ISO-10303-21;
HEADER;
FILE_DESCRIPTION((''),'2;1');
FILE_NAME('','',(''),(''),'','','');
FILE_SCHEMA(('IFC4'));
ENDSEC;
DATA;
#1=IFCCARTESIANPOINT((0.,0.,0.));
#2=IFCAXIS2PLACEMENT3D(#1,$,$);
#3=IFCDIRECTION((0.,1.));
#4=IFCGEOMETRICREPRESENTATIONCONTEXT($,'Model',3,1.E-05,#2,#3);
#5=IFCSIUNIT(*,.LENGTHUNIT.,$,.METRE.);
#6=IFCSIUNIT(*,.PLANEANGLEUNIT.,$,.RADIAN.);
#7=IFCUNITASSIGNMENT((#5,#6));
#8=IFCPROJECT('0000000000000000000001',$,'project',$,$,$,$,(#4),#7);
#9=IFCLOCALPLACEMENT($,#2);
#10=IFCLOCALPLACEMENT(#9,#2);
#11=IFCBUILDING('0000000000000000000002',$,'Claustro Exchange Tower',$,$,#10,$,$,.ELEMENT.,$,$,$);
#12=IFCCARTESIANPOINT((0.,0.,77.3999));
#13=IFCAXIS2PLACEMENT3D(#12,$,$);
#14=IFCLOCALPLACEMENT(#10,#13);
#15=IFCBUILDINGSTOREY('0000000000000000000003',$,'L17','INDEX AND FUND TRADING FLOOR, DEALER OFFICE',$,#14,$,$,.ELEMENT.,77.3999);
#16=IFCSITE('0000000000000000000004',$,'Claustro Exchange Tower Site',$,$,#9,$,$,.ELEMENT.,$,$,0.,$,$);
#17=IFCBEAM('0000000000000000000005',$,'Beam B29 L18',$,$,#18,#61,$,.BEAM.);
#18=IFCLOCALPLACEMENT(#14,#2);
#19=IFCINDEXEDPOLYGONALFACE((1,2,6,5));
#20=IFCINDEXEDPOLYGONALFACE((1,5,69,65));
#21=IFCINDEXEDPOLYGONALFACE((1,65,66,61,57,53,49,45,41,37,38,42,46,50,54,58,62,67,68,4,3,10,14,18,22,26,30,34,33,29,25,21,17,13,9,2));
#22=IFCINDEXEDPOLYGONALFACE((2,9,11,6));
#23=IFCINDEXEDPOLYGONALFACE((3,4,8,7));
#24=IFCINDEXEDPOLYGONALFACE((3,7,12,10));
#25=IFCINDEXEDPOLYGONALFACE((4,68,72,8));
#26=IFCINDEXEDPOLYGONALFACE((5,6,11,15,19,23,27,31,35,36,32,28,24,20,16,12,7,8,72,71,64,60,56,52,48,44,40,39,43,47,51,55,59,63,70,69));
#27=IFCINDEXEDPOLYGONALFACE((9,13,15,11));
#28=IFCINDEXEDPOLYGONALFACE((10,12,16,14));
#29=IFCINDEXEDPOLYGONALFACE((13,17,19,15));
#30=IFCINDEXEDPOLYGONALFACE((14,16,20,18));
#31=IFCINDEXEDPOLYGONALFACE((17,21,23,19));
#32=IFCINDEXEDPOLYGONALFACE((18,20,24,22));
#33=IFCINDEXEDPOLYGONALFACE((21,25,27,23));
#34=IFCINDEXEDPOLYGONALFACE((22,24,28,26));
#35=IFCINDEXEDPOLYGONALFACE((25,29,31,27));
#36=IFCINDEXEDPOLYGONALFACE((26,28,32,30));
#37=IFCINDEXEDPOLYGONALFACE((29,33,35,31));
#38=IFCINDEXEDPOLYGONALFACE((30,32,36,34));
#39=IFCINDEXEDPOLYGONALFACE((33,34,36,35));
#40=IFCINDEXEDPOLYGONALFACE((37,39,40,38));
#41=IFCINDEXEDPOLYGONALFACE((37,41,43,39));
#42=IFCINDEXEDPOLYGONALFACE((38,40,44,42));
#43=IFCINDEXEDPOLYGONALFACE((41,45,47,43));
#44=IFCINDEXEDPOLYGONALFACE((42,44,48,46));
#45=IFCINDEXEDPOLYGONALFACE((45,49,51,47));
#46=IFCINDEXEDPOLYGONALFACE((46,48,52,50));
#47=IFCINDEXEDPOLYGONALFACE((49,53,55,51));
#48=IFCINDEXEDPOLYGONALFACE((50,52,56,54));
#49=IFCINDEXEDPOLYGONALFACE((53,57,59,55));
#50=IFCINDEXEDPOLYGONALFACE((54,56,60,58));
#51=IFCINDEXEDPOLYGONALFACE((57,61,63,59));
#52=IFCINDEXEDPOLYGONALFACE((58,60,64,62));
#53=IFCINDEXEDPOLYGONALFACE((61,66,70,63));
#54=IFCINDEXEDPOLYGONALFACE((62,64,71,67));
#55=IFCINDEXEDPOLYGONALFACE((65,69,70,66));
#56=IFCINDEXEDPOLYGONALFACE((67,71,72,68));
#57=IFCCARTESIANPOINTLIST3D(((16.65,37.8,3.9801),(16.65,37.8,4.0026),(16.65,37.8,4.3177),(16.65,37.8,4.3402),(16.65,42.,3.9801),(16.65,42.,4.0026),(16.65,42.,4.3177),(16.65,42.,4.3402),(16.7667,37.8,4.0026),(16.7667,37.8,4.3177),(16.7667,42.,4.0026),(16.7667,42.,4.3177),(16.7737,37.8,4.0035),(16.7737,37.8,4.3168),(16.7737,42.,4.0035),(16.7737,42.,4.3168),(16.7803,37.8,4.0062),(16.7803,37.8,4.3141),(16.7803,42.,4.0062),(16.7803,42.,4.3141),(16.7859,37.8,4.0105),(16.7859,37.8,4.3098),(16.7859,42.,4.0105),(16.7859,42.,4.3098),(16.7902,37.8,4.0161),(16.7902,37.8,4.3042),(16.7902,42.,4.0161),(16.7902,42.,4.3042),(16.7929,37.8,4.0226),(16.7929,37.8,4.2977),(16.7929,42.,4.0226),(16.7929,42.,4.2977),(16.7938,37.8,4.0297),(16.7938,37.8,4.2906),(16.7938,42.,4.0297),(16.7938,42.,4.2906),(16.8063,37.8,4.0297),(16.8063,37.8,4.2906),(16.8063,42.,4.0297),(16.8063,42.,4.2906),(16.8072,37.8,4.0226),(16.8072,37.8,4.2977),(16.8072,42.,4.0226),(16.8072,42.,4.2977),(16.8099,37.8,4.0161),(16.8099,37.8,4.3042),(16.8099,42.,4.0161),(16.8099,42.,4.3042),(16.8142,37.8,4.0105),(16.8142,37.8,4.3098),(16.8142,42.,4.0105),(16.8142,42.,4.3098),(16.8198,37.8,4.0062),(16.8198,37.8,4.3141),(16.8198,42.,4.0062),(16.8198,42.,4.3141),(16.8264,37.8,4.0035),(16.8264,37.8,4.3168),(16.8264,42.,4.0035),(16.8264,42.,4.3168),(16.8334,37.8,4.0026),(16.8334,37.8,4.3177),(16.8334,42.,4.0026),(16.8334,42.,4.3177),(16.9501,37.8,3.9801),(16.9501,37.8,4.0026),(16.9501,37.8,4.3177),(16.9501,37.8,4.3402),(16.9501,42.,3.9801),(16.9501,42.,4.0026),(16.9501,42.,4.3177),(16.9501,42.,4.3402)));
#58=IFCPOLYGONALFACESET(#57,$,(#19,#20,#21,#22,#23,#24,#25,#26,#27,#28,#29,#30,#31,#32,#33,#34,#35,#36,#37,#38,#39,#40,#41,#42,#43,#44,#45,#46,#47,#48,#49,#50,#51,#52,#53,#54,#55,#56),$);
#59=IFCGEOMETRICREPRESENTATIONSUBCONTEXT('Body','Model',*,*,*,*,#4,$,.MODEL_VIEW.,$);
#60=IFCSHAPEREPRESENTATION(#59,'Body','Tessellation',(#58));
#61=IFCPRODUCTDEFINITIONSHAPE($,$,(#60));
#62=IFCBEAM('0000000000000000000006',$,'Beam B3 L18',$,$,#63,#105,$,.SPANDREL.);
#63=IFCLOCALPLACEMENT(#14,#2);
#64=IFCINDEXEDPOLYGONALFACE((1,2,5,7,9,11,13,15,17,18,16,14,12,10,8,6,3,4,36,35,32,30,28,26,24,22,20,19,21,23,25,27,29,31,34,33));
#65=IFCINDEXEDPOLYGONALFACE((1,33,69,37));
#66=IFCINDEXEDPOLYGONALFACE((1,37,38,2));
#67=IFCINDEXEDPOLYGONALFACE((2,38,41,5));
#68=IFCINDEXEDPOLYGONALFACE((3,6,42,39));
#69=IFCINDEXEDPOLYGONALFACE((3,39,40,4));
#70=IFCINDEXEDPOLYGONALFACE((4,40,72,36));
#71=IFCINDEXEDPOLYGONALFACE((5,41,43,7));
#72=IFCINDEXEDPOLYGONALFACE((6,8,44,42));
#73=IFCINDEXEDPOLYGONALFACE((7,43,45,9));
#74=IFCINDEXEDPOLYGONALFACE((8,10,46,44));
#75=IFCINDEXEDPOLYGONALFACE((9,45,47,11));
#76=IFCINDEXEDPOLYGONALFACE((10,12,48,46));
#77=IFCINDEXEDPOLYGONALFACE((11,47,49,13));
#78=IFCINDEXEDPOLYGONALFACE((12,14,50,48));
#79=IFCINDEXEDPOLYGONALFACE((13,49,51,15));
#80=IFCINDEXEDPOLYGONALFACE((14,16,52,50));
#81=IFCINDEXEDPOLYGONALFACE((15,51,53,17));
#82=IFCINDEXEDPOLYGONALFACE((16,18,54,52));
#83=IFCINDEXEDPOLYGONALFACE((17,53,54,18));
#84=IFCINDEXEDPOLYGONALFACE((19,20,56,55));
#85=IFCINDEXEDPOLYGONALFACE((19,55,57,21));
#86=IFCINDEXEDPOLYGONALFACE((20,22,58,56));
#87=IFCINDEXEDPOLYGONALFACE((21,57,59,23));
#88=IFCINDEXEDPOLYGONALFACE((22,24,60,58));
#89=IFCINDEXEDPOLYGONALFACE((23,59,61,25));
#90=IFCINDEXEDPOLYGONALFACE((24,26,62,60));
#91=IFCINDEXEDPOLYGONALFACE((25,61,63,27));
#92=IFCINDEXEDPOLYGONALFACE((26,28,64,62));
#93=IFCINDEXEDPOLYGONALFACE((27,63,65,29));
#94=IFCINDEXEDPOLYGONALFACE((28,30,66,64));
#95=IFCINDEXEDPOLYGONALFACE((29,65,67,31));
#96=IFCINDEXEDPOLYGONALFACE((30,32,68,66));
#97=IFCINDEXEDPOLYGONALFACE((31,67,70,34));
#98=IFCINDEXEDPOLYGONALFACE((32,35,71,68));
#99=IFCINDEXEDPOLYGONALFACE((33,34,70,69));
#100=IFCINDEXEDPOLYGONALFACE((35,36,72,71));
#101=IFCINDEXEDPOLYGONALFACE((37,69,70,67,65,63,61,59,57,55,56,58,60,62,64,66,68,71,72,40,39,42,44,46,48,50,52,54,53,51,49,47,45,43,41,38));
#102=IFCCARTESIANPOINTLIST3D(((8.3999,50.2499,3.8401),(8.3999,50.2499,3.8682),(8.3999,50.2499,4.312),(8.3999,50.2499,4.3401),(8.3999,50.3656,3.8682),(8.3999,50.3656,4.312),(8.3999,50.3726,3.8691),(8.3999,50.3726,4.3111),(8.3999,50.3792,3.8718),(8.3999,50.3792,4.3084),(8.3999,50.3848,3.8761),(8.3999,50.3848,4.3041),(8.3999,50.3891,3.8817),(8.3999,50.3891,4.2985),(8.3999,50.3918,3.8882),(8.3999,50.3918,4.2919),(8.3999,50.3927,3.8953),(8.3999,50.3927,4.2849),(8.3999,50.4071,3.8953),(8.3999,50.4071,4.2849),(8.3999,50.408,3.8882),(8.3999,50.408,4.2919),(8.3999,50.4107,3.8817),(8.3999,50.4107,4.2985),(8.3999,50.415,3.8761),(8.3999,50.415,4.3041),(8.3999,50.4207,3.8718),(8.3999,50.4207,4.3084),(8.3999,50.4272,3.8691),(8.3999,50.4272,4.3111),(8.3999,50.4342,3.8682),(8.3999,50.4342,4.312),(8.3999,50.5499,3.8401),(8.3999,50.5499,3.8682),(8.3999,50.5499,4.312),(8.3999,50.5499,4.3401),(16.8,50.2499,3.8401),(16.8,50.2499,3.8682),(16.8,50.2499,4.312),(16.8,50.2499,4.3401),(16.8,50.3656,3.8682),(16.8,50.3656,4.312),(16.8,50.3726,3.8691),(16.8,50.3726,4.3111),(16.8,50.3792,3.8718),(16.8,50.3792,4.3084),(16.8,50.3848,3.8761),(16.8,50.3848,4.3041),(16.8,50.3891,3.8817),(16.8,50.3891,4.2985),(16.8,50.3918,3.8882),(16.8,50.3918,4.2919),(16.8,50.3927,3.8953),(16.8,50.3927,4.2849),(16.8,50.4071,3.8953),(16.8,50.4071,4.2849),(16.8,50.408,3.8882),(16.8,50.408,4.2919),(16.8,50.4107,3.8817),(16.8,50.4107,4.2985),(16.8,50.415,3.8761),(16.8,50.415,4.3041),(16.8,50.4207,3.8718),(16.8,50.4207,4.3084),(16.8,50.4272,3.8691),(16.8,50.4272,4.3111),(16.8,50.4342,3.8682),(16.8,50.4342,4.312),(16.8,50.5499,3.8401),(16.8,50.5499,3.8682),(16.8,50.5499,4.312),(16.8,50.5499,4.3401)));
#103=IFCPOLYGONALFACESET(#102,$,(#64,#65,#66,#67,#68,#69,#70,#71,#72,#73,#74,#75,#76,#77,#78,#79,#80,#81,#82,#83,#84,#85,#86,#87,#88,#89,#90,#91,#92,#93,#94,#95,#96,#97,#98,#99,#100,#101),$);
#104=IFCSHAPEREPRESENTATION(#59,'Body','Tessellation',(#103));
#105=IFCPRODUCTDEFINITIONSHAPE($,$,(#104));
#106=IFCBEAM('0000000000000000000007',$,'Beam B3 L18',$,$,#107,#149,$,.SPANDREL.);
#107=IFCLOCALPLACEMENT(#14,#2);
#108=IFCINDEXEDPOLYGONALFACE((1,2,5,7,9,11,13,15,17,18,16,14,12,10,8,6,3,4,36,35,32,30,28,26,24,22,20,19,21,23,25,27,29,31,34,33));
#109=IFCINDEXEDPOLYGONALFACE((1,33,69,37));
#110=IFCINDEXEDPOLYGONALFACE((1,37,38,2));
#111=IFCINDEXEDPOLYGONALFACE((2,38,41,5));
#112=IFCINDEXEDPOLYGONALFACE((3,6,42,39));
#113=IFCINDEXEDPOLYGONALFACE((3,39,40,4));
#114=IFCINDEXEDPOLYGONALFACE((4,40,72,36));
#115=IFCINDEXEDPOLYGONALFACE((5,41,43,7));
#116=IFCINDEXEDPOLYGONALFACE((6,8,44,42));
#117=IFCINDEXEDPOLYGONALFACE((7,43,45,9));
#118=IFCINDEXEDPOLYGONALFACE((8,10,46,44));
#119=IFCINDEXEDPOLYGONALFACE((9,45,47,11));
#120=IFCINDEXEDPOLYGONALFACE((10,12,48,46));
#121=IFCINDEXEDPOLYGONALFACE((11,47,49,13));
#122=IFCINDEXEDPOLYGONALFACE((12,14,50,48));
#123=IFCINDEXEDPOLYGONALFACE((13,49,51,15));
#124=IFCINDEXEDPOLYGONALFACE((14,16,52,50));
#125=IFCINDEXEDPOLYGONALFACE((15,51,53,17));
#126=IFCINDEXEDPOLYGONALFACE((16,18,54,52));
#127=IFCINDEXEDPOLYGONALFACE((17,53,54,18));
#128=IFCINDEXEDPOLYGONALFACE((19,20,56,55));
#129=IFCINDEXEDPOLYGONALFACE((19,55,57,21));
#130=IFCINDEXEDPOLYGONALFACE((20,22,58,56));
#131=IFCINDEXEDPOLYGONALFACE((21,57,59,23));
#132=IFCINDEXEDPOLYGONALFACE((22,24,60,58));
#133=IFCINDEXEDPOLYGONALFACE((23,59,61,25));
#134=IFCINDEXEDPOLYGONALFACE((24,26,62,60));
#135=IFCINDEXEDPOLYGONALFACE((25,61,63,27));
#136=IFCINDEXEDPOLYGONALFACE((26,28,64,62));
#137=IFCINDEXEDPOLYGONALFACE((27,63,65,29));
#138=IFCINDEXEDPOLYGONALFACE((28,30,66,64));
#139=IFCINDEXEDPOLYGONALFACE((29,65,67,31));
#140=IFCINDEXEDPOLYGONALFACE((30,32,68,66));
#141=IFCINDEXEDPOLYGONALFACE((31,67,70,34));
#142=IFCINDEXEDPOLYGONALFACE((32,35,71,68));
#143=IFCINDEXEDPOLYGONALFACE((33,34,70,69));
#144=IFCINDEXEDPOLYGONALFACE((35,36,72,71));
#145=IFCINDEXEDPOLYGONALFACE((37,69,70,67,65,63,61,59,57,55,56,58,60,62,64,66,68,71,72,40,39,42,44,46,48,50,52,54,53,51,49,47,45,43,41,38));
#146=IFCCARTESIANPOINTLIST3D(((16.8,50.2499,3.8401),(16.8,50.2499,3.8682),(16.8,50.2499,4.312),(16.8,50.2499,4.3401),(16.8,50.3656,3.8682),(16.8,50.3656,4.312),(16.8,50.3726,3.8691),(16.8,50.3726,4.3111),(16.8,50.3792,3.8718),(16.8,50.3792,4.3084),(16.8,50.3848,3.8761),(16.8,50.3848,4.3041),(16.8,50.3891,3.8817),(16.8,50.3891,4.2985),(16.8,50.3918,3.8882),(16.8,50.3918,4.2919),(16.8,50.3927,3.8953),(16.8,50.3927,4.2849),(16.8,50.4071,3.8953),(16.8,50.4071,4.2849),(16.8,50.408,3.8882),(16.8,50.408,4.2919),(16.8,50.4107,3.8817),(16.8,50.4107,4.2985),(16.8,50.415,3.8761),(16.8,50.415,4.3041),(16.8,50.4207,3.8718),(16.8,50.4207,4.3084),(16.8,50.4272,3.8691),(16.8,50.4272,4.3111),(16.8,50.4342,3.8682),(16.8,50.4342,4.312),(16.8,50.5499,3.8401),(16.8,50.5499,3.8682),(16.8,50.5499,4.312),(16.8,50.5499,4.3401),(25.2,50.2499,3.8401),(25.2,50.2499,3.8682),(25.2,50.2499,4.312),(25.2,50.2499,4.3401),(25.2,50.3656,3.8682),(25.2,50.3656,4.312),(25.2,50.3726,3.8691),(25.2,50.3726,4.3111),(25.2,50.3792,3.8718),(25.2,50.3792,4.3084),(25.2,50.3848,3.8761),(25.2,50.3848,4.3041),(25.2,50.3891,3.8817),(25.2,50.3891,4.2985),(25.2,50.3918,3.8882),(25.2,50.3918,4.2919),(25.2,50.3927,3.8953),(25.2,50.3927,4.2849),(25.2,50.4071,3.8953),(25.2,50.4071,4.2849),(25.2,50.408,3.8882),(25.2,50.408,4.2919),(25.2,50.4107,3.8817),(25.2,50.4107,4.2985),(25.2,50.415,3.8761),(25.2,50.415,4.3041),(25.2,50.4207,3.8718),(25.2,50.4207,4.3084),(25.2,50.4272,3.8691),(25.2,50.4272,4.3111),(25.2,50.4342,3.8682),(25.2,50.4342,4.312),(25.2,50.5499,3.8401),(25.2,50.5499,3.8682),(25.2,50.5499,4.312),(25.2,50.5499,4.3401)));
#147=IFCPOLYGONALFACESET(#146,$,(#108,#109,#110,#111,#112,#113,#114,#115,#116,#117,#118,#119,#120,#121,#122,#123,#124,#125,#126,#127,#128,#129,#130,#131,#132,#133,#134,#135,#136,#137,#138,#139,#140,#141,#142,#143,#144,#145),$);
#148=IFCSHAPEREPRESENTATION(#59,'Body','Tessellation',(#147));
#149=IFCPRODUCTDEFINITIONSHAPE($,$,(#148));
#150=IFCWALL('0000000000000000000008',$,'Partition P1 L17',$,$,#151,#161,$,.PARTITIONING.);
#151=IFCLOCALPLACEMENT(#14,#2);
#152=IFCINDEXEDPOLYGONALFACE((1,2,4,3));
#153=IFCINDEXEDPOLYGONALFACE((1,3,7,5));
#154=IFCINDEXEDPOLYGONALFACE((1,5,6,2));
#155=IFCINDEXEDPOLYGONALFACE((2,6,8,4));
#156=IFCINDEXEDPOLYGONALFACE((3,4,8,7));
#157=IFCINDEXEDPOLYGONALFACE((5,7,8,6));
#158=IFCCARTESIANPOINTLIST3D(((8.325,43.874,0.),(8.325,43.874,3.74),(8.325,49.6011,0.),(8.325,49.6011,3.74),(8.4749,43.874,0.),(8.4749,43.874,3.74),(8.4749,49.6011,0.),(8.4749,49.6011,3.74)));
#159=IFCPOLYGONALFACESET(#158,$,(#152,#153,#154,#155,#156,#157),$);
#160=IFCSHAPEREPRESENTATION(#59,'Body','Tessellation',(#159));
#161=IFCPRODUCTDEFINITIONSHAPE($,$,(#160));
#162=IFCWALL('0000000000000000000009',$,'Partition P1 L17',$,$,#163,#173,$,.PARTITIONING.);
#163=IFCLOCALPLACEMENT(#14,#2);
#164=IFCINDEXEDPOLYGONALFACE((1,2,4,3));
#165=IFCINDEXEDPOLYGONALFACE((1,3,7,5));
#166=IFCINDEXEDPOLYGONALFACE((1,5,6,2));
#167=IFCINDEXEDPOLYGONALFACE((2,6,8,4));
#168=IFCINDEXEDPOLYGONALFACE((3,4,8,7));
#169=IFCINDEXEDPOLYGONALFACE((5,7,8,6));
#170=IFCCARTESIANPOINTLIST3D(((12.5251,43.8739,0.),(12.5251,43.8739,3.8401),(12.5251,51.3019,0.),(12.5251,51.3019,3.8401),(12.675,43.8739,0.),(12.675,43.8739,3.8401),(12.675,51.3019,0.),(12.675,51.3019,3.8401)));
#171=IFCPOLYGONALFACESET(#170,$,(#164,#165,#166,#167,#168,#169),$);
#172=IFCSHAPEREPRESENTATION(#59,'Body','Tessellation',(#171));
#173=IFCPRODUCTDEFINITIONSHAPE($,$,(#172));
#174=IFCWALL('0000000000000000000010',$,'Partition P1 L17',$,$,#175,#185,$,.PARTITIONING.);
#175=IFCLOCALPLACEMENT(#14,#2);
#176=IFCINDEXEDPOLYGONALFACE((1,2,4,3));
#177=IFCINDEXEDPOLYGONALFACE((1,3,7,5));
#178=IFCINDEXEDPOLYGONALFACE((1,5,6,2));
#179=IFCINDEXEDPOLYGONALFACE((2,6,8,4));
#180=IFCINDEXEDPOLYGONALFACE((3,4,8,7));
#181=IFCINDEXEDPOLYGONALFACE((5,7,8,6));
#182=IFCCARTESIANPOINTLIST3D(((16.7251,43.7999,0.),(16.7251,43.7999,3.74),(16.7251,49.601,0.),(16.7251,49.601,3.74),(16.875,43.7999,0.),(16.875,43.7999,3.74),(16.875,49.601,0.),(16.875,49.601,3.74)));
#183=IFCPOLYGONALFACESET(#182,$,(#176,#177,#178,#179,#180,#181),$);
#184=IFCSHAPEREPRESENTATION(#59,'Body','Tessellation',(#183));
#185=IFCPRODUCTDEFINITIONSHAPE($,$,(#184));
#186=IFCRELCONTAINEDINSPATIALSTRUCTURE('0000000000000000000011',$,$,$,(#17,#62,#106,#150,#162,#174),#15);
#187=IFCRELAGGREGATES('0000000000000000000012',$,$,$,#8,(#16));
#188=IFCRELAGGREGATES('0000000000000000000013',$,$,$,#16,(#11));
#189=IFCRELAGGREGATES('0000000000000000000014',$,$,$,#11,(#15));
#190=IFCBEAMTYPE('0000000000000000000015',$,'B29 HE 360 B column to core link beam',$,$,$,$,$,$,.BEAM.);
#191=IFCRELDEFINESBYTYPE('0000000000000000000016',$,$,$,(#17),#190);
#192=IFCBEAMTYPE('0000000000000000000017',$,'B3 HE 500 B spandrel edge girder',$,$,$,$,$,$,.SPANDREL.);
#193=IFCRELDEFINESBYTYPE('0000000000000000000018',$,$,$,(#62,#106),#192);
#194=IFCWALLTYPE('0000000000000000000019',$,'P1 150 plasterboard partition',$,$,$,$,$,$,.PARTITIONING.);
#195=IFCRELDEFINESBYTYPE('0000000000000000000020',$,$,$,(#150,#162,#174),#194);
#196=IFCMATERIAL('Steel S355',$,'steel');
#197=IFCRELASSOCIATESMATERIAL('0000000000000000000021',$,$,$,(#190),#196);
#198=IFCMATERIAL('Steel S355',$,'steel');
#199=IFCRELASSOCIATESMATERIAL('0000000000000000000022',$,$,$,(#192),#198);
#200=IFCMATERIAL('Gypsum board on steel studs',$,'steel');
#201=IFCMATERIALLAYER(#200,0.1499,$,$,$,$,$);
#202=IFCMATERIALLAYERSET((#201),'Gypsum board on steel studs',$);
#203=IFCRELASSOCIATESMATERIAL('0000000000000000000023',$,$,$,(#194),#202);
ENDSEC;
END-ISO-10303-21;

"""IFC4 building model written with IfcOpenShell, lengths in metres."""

from ifc_helpers import new_model, si_unit, direction, frame, frame_2d, origin, origin_2d, place, context, subcontext, project, spatial, rectangle, i_section, extrude, material, layer, layer_set, material_profile, profile_set, type_object, element, save


model = new_model("IFC4")

# Units and contexts
model_context = context("Model", 3, precision=1e-05, world=origin(), true_north=direction((0.0, 1.0)))
body_context = subcontext(model_context, "Body", "Model", "MODEL_VIEW")
ifc_project = project(units=[si_unit("LENGTHUNIT", "METRE"), si_unit("PLANEANGLEUNIT", "RADIAN")], contexts=[model_context])

# Site, building, storey
site_placement = place(None, origin())
site = spatial("IfcSite", under=ifc_project, at=site_placement, Name="Claustro Exchange Tower Site", CompositionType="ELEMENT", RefElevation=0.0)
building_placement = place(site_placement, origin())
building = spatial("IfcBuilding", under=site, at=building_placement, Name="Claustro Exchange Tower", CompositionType="ELEMENT")
storey_placement = place(building_placement, frame((0.0, 0.0, 77.3999)))
storey = spatial("IfcBuildingStorey", under=building, at=storey_placement, Name="L17", Description="INDEX AND FUND TRADING FLOOR, DEALER OFFICE", CompositionType="ELEMENT", Elevation=77.3999)

# Beams
ifc_material_1 = material(Name="Steel S355", Category="steel")
ifc_material_profile_1 = material_profile(ifc_material_1, i_section(OverallWidth=0.3, OverallDepth=0.3601, WebThickness=0.0125, FlangeThickness=0.0225, FilletRadius=0.0271, at=origin_2d()), Name="HE 360 B")
ifc_profile_set_1 = profile_set([ifc_material_profile_1], Name="Steel S355")
beam_type_1 = type_object("IfcBeamType", Name="B29 HE 360 B column to core link beam", PredefinedType="BEAM", material=ifc_profile_set_1)
for number, where, z_axis, x_axis, name in (
    (1, (16.8, 37.8, 4.1602), (0.0, 1.0, 0.0), (-1.0, 0.0, 0.0), "Beam B29 L18"),
):
    element("IfcBeam", number, at=place(storey_placement, frame(where, z_axis=z_axis, x_axis=x_axis)), inside=storey, type_object=beam_type_1, Name=name, PredefinedType="BEAM", context=body_context, shape_type="SweptSolid", body=[
        extrude(i_section(OverallWidth=0.3, OverallDepth=0.3601, WebThickness=0.0125, FlangeThickness=0.0225, FilletRadius=0.0271, at=origin_2d()), origin(), (0.0, 0.0, 1.0), 4.2),
    ])
ifc_material_2 = material(Name="Steel S355", Category="steel")
ifc_material_profile_2 = material_profile(ifc_material_2, i_section(OverallWidth=0.3, OverallDepth=0.5, WebThickness=0.0144, FlangeThickness=0.0281, FilletRadius=0.0271, at=origin_2d()), Name="HE 500 B")
ifc_profile_set_2 = profile_set([ifc_material_profile_2], Name="Steel S355")
beam_type_2 = type_object("IfcBeamType", Name="B3 HE 500 B spandrel edge girder", PredefinedType="SPANDREL", material=ifc_profile_set_2)
beam_1_placement = place(storey_placement, frame((8.3999, 50.3999, 4.0901), z_axis=(1.0, 0.0, 0.0), x_axis=(0.0, 1.0, 0.0)))
element("IfcBeam", 2, at=beam_1_placement, inside=storey, type_object=beam_type_2, Name="Beam B3 L18", PredefinedType="SPANDREL", context=body_context, shape_type="SweptSolid", body=[
    extrude(i_section(OverallWidth=0.3, OverallDepth=0.5, WebThickness=0.0144, FlangeThickness=0.0281, FilletRadius=0.0271, at=origin_2d()), origin(), (0.0, 0.0, 1.0), 8.4001),
])
beam_2_placement = place(storey_placement, frame((16.8, 50.3999, 4.0901), z_axis=(1.0, 0.0, 0.0), x_axis=(0.0, 1.0, 0.0)))
element("IfcBeam", 3, at=beam_2_placement, inside=storey, type_object=beam_type_2, Name="Beam B3 L18", PredefinedType="SPANDREL", context=body_context, shape_type="SweptSolid", body=[
    extrude(i_section(OverallWidth=0.3, OverallDepth=0.5, WebThickness=0.0144, FlangeThickness=0.0281, FilletRadius=0.0271, at=origin_2d()), origin(), (0.0, 0.0, 1.0), 8.3999),
])

# Walls
ifc_material_3 = material(Name="Gypsum board on steel studs", Category="steel")
ifc_layer_1 = layer(ifc_material_3, 0.1499)
ifc_layer_set_1 = layer_set([ifc_layer_1], Name="Gypsum board on steel studs")
wall_type_1 = type_object("IfcWallType", Name="P1 150 plasterboard partition", PredefinedType="PARTITIONING", material=ifc_layer_set_1)
wall_1_placement = place(storey_placement, frame((8.3999, 43.874, 0.0), z_axis=(0.0, 0.0, 1.0), x_axis=(0.0, 1.0, 0.0)))
element("IfcWall", 4, at=wall_1_placement, inside=storey, type_object=wall_type_1, Name="Partition P1 L17", PredefinedType="PARTITIONING", context=body_context, shape_type="SweptSolid", body=[
    extrude(rectangle(XDim=5.7271, YDim=0.1499, at=frame_2d((2.8635, 0.0))), origin(), (0.0, 0.0, 1.0), 3.74),
])
wall_2_placement = place(storey_placement, frame((12.6001, 43.874, 0.0), z_axis=(0.0, 0.0, 1.0), x_axis=(0.0, 1.0, 0.0)))
element("IfcWall", 5, at=wall_2_placement, inside=storey, type_object=wall_type_1, Name="Partition P1 L17", PredefinedType="PARTITIONING", context=body_context, shape_type="SweptSolid", body=[
    extrude(rectangle(XDim=7.428, YDim=0.1499, at=frame_2d((3.7139, 0.0))), origin(), (0.0, 0.0, 1.0), 3.8401),
])
wall_3_placement = place(storey_placement, frame((16.8, 43.8, 0.0), z_axis=(0.0, 0.0, 1.0), x_axis=(0.0, 1.0, 0.0)))
element("IfcWall", 6, at=wall_3_placement, inside=storey, type_object=wall_type_1, Name="Partition P1 L17", PredefinedType="PARTITIONING", context=body_context, shape_type="SweptSolid", body=[
    extrude(rectangle(XDim=5.801, YDim=0.1499, at=frame_2d((2.9004, 0.0))), origin(), (0.0, 0.0, 1.0), 3.74),
])

save(model, "model.ifc")
